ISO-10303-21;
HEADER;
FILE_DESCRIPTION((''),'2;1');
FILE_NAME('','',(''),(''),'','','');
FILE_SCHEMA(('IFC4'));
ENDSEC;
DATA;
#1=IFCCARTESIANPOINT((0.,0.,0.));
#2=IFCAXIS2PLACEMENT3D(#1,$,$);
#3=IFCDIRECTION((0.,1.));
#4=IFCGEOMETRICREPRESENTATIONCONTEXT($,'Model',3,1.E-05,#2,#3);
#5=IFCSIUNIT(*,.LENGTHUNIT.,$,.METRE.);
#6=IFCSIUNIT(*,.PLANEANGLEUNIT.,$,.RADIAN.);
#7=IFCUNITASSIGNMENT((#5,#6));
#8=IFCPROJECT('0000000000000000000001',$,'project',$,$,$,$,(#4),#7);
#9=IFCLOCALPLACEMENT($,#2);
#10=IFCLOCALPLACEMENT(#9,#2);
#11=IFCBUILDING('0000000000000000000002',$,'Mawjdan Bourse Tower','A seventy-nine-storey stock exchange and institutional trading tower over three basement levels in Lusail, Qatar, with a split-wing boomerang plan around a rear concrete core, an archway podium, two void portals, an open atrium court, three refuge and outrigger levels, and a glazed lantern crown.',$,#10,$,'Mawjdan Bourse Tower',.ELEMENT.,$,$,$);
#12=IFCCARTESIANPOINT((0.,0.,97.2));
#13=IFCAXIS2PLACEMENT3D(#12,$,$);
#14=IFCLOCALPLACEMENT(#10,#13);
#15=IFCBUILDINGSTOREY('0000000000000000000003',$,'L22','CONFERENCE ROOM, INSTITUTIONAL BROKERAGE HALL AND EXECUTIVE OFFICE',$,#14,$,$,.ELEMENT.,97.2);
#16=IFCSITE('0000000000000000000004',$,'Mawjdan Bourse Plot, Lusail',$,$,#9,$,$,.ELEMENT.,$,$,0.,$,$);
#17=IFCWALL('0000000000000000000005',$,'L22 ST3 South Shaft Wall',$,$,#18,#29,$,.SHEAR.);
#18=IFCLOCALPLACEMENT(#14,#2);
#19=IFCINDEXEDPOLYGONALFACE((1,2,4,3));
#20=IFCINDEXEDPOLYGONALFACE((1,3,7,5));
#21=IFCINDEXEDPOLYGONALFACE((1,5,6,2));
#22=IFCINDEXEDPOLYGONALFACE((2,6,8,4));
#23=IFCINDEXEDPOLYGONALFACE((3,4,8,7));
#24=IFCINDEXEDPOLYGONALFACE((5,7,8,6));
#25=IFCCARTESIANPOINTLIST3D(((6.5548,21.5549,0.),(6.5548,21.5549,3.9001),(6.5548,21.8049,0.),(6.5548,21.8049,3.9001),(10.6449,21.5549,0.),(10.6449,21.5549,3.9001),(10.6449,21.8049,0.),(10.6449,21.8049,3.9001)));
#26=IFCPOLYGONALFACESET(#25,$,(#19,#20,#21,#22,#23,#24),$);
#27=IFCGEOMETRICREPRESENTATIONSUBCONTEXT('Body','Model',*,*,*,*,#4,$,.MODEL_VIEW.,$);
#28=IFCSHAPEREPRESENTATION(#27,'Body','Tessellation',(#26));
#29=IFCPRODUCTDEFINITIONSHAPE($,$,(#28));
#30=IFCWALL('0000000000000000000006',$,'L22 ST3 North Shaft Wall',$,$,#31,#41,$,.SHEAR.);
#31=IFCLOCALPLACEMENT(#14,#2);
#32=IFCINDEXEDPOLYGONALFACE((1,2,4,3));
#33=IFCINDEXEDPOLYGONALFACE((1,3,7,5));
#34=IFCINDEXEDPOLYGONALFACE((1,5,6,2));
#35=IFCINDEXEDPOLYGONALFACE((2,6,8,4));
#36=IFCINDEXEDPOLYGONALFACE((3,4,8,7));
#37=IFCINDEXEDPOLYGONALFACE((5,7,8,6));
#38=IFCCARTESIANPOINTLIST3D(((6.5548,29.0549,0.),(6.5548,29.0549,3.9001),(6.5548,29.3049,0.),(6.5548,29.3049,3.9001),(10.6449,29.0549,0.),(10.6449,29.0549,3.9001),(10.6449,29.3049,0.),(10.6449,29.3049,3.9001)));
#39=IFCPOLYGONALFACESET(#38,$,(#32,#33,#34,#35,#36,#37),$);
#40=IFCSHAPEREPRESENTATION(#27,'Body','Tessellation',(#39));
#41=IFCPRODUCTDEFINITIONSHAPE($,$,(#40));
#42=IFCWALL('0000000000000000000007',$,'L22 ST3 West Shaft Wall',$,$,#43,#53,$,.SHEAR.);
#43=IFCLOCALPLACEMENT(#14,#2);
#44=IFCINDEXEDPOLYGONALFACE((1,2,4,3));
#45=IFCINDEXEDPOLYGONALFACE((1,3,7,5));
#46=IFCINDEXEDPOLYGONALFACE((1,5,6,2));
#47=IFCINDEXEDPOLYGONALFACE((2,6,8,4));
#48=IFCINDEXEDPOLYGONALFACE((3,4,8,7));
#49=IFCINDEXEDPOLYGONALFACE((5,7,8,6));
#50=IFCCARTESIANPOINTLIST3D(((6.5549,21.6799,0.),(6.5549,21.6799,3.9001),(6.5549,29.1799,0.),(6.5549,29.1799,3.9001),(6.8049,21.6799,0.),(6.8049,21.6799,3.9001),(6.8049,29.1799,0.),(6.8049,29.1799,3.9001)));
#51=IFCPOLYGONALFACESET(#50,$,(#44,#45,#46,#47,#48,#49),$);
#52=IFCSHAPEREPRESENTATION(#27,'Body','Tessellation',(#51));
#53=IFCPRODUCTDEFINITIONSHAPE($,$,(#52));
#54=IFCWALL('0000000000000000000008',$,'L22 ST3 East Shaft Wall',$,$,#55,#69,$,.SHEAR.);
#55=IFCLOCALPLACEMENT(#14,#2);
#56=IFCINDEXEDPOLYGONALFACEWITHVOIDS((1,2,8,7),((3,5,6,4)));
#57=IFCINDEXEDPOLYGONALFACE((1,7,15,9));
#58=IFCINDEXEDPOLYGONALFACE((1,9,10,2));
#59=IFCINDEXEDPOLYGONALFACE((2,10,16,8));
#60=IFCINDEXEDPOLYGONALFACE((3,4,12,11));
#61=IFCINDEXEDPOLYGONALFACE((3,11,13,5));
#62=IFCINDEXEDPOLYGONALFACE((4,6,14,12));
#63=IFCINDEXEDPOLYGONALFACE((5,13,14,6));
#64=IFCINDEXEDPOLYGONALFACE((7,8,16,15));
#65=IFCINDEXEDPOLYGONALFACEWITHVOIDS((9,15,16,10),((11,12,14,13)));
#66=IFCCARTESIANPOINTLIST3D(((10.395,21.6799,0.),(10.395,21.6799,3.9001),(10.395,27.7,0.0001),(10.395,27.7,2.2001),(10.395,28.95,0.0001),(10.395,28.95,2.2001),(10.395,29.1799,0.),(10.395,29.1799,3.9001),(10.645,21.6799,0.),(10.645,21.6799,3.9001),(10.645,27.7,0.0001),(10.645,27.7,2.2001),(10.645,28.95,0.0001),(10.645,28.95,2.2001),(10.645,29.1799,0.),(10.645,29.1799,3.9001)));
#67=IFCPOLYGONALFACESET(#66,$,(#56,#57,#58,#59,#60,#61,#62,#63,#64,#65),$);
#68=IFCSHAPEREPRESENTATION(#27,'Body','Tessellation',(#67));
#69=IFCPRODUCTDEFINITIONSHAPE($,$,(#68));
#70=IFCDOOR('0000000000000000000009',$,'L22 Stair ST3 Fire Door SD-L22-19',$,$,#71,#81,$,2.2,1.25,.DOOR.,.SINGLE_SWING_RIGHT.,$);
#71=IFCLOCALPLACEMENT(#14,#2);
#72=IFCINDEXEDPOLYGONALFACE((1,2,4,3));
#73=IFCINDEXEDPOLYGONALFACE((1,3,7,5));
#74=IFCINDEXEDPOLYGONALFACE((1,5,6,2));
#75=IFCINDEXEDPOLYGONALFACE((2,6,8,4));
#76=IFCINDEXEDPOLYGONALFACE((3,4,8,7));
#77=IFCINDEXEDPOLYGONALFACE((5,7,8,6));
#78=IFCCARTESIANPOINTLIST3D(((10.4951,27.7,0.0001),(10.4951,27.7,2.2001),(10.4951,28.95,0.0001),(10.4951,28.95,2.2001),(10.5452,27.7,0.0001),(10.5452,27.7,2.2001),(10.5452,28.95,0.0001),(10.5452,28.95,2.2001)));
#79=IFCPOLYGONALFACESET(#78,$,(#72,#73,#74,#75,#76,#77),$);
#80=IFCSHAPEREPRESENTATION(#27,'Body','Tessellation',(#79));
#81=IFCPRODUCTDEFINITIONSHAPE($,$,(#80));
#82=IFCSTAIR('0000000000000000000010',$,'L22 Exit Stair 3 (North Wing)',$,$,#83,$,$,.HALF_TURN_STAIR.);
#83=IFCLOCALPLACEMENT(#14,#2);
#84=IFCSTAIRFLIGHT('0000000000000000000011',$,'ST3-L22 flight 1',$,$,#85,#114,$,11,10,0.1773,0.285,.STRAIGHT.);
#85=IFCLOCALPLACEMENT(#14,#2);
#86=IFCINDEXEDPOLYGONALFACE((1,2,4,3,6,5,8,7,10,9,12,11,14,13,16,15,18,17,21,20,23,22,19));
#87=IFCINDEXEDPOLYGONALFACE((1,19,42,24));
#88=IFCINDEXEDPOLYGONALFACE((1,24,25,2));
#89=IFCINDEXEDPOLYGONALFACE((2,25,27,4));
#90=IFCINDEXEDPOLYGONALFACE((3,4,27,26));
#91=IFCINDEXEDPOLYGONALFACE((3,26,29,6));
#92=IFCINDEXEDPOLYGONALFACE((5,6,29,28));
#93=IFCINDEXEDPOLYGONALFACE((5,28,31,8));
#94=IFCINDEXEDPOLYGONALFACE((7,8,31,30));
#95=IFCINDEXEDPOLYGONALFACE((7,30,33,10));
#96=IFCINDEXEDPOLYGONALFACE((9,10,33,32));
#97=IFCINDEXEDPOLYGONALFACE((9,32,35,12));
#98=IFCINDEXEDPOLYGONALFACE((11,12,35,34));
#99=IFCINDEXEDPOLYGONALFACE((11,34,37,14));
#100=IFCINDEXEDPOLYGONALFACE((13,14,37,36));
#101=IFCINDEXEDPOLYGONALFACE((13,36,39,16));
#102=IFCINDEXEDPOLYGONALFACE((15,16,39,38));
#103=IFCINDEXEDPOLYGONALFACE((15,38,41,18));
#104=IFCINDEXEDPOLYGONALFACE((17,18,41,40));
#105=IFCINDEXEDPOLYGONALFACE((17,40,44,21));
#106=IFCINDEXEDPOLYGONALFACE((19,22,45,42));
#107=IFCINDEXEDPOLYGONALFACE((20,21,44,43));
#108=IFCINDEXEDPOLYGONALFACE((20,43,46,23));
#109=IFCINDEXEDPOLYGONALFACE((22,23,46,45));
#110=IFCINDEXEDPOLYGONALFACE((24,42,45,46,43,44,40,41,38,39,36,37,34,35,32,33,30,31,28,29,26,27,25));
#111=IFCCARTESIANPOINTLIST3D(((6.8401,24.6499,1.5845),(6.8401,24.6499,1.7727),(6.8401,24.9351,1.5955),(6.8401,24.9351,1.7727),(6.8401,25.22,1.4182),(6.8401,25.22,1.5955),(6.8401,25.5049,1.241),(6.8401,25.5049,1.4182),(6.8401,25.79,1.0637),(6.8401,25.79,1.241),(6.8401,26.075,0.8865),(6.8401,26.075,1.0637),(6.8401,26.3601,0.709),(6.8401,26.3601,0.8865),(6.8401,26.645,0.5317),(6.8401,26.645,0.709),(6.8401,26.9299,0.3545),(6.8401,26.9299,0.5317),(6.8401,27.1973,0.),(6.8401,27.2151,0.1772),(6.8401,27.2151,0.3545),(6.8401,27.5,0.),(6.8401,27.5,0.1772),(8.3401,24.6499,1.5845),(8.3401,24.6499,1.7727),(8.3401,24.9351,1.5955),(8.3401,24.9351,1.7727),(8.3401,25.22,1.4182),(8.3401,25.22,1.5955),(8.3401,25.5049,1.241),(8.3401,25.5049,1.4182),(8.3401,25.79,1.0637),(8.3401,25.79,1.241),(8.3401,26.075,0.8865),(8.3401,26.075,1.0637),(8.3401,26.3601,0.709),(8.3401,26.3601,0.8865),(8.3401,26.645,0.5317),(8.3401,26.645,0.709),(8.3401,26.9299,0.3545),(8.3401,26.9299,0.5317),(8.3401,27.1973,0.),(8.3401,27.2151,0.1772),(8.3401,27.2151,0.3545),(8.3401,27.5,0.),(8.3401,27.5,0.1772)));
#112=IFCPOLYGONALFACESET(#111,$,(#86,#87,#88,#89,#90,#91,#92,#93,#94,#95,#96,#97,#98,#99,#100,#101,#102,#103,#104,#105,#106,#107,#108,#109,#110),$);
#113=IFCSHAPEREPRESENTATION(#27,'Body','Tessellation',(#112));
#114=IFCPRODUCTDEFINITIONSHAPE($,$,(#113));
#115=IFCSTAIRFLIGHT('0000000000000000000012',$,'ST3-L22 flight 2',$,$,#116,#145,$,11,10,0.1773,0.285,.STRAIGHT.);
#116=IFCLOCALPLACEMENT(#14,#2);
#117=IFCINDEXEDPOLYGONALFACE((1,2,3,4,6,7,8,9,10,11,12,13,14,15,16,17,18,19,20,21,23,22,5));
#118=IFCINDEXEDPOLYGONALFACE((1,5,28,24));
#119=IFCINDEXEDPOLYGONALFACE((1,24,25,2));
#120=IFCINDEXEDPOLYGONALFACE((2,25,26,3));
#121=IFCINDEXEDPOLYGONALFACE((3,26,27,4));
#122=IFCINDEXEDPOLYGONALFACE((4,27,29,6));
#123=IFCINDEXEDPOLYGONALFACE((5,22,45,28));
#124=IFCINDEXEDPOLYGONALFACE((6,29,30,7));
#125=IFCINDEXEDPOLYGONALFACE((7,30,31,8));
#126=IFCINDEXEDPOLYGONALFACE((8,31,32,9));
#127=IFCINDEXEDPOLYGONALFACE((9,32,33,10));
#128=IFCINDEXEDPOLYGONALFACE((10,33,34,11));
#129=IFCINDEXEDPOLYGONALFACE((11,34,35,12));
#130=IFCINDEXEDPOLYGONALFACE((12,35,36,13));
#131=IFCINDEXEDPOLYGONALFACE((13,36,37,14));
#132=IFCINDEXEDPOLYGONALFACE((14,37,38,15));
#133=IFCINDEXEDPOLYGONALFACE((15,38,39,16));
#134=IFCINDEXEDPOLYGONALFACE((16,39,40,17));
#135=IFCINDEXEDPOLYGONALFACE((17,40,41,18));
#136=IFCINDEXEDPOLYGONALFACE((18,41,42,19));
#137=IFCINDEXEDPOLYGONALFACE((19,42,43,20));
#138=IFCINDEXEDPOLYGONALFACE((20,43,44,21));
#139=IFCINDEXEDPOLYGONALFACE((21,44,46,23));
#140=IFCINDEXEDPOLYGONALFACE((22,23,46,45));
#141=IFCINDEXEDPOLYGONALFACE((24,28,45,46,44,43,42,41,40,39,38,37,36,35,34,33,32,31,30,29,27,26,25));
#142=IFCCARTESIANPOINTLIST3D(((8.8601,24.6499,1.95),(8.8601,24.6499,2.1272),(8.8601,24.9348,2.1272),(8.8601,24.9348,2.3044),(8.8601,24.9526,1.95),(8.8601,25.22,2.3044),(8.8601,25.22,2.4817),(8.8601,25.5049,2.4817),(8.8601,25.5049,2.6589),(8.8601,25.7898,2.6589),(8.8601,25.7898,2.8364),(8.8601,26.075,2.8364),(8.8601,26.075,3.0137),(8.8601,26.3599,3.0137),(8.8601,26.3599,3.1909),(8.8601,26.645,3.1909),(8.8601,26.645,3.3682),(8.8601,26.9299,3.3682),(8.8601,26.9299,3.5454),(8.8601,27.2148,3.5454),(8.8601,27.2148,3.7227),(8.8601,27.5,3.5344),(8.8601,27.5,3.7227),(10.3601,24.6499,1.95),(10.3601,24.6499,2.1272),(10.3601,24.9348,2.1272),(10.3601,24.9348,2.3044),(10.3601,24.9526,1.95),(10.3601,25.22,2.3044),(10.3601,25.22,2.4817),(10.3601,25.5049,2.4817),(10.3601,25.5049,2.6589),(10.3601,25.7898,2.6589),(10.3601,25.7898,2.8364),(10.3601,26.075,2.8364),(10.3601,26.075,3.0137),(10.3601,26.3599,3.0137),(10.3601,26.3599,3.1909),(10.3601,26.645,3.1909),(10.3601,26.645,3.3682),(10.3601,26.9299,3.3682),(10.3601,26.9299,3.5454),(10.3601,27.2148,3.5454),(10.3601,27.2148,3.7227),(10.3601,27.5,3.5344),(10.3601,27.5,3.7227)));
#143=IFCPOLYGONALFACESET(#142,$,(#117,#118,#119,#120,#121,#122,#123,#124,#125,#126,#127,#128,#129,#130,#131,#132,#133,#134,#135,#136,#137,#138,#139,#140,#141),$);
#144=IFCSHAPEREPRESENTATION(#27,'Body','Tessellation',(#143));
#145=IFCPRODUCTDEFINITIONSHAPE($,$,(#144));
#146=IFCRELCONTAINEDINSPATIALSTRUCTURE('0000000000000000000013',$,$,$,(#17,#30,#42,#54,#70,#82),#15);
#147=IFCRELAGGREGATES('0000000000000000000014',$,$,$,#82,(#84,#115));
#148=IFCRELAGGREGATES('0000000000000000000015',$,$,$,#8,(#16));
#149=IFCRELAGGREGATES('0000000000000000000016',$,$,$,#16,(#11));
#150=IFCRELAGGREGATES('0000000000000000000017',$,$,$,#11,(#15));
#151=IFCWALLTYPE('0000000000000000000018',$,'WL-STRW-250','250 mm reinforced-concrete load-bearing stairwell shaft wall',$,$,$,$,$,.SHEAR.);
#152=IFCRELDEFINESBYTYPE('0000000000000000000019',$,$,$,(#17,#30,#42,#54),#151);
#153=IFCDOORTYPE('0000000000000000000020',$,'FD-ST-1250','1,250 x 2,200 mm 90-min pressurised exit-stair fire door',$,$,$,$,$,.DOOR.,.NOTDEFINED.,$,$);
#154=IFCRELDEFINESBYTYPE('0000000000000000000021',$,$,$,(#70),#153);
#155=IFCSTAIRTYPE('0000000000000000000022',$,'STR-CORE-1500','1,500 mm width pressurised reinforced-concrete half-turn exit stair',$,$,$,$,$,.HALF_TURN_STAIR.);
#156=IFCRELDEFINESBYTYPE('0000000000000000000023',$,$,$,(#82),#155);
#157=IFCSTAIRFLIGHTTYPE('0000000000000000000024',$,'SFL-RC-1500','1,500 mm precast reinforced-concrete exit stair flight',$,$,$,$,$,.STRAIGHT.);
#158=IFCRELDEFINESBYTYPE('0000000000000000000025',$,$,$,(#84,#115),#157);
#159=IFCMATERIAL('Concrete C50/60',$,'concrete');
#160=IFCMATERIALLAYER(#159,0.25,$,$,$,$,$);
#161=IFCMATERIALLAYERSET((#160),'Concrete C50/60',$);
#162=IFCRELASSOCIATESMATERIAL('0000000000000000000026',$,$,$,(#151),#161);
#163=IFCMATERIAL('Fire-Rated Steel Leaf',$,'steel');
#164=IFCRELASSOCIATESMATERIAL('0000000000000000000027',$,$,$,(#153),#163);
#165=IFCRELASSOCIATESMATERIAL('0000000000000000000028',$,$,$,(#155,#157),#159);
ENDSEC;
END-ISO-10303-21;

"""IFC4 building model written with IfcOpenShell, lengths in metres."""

from ifc_helpers import new_model, si_unit, direction, frame, frame_2d, origin, place, context, subcontext, project, spatial, polyline, rectangle, outline, extrude, material, layer, layer_set, type_object, element, fill, aggregate, save


model = new_model("IFC4")

# Units and contexts
model_context = context("Model", 3, precision=1e-05, world=origin(), true_north=direction((0.0, 1.0)))
body_context = subcontext(model_context, "Body", "Model", "MODEL_VIEW")
ifc_project = project(units=[si_unit("LENGTHUNIT", "METRE"), si_unit("PLANEANGLEUNIT", "RADIAN")], contexts=[model_context])

# Site, building, storey
site_placement = place(None, origin())
site = spatial("IfcSite", under=ifc_project, at=site_placement, Name="Mawjdan Bourse Plot, Lusail", CompositionType="ELEMENT", RefElevation=0.0)
building_placement = place(site_placement, origin())
building = spatial("IfcBuilding", under=site, at=building_placement, Name="Mawjdan Bourse Tower", Description="A seventy-nine-storey stock exchange and institutional trading tower over three basement levels in Lusail, Qatar, with a split-wing boomerang plan around a rear concrete core, an archway podium, two void portals, an open atrium court, three refuge and outrigger levels, and a glazed lantern crown.", LongName="Mawjdan Bourse Tower", CompositionType="ELEMENT")
storey_placement = place(building_placement, frame((0.0, 0.0, 97.2)))
storey = spatial("IfcBuildingStorey", under=building, at=storey_placement, Name="L22", Description="CONFERENCE ROOM, INSTITUTIONAL BROKERAGE HALL AND EXECUTIVE OFFICE", CompositionType="ELEMENT", Elevation=97.2)

# Walls
ifc_material_1 = material(Name="Concrete C50/60", Category="concrete")
ifc_layer_1 = layer(ifc_material_1, 0.25)
ifc_layer_set_1 = layer_set([ifc_layer_1], Name="Concrete C50/60")
wall_type_1 = type_object("IfcWallType", Name="WL-STRW-250", Description="250 mm reinforced-concrete load-bearing stairwell shaft wall", PredefinedType="SHEAR", material=ifc_layer_set_1)
for number, where, z_axis, x_axis, name in (
    (1, (6.5549, 21.6799, 0.0), (0.0, 0.0, 1.0), (1.0, 0.0, 0.0), "L22 ST3 South Shaft Wall"),
    (2, (6.5549, 29.1799, 0.0), (0.0, 0.0, 1.0), (1.0, 0.0, 0.0), "L22 ST3 North Shaft Wall"),
):
    element("IfcWall", number, at=place(storey_placement, frame(where, z_axis=z_axis, x_axis=x_axis)), inside=storey, type_object=wall_type_1, Name=name, PredefinedType="SHEAR", context=body_context, shape_type="SweptSolid", body=[
        extrude(rectangle(XDim=4.0901, YDim=0.25, at=frame_2d((2.0449, 0.0))), origin(), (0.0, 0.0, 1.0), 3.9001),
    ])
wall_1_placement = place(storey_placement, frame((6.6799, 21.6799, 0.0), z_axis=(0.0, 0.0, 1.0), x_axis=(0.0, 1.0, 0.0)))
element("IfcWall", 3, at=wall_1_placement, inside=storey, type_object=wall_type_1, Name="L22 ST3 West Shaft Wall", PredefinedType="SHEAR", context=body_context, shape_type="SweptSolid", body=[
    extrude(rectangle(XDim=7.5, YDim=0.25, at=frame_2d((3.75, 0.0))), origin(), (0.0, 0.0, 1.0), 3.9001),
])

# Wall, opening, door
wall_2_placement = place(storey_placement, frame((10.52, 21.6799, 0.0), z_axis=(0.0, 0.0, 1.0), x_axis=(0.0, 1.0, 0.0)))
wall_2 = element("IfcWall", 4, at=wall_2_placement, inside=storey, type_object=wall_type_1, Name="L22 ST3 East Shaft Wall", PredefinedType="SHEAR", context=body_context, shape_type="SweptSolid", body=[
    extrude(rectangle(XDim=7.5, YDim=0.25, at=frame_2d((3.75, 0.0))), origin(), (0.0, 0.0, 1.0), 3.9001),
])
opening_1_placement = place(wall_2_placement, frame((6.02, 0.0, 0.0)))
opening_1 = element("IfcOpeningElement", 5, at=opening_1_placement, cuts=wall_2, PredefinedType="OPENING", context=body_context, shape_type="SweptSolid", body=[
    extrude(rectangle(XDim=1.25, YDim=2.2, at=frame_2d((0.625, 1.1001))), frame((0.0, 0.135, 0.0), z_axis=(0.0, -1.0, 0.0), x_axis=(1.0, 0.0, 0.0)), (0.0, 0.0, 1.0), 0.27),
])
ifc_material_2 = material(Name="Fire-Rated Steel Leaf", Category="steel")
door_type_1 = type_object("IfcDoorType", Name="FD-ST-1250", Description="1,250 x 2,200 mm 90-min pressurised exit-stair fire door", OperationType="NOTDEFINED", PredefinedType="DOOR", material=ifc_material_2)
door_1_placement = place(opening_1_placement, origin())
door_1 = element("IfcDoor", 6, at=door_1_placement, inside=storey, type_object=door_type_1, Name="L22 Stair ST3 Fire Door SD-L22-19", OperationType="SINGLE_SWING_RIGHT", OverallHeight=2.2, OverallWidth=1.25, PredefinedType="DOOR", context=body_context, shape_type="SweptSolid", body=[
    extrude(rectangle(XDim=1.25, YDim=2.2, at=frame_2d((0.625, 1.1001))), frame((0.0, 0.0249, 0.0), z_axis=(0.0, -1.0, 0.0), x_axis=(1.0, 0.0, 0.0)), (0.0, 0.0, 1.0), 0.05),
])
fill(opening_1, door_1)

# Stair, stair flights
stair_type = type_object("IfcStairType", Name="STR-CORE-1500", Description="1,500 mm width pressurised reinforced-concrete half-turn exit stair", PredefinedType="HALF_TURN_STAIR", material=ifc_material_1)
stair_placement = place(storey_placement, origin())
stair = element("IfcStair", 7, at=stair_placement, inside=storey, type_object=stair_type, Name="L22 Exit Stair 3 (North Wing)", PredefinedType="HALF_TURN_STAIR")
stair_flight_type = type_object("IfcStairFlightType", Name="SFL-RC-1500", Description="1,500 mm precast reinforced-concrete exit stair flight", PredefinedType="STRAIGHT", material=ifc_material_1)
stair_flight_1_placement = place(storey_placement, frame((7.5901, 27.5, 0.0), z_axis=(0.0, 0.0, 1.0), x_axis=(0.0, -1.0, 0.0)))
stair_flight_1 = element("IfcStairFlight", 8, at=stair_flight_1_placement, type_object=stair_flight_type, Name="ST3-L22 flight 1", NumberOfRisers=11, NumberOfTreads=10, PredefinedType="STRAIGHT", RiserHeight=0.1773, TreadLength=0.285, context=body_context, shape_type="SweptSolid", body=[
    extrude(outline(polyline([(0.0, 0.0), (0.0, 0.1772), (0.2849, 0.1772), (0.2849, 0.3545), (0.5701, 0.3545), (0.5701, 0.5317), (0.855, 0.5317), (0.855, 0.709), (1.1399, 0.709), (1.1399, 0.8865), (1.425, 0.8865), (1.425, 1.0637), (1.71, 1.0637), (1.71, 1.241), (1.9951, 1.241), (1.9951, 1.4182), (2.28, 1.4182), (2.28, 1.5955), (2.5649, 1.5955), (2.5649, 1.7727), (2.8501, 1.7727), (2.8501, 1.95), (2.8501, 1.5845), (0.3027, 0.0), (0.0, 0.0)])), frame((0.0, 0.75, 0.0), z_axis=(0.0, -1.0, 0.0), x_axis=(1.0, 0.0, 0.0)), (0.0, 0.0, 1.0), 1.5),
])
stair_flight_2_placement = place(storey_placement, frame((9.6101, 24.6499, 1.95), z_axis=(0.0, 0.0, 1.0), x_axis=(0.0, 1.0, 0.0)))
stair_flight_2 = element("IfcStairFlight", 9, at=stair_flight_2_placement, type_object=stair_flight_type, Name="ST3-L22 flight 2", NumberOfRisers=11, NumberOfTreads=10, PredefinedType="STRAIGHT", RiserHeight=0.1773, TreadLength=0.285, context=body_context, shape_type="SweptSolid", body=[
    extrude(outline(polyline([(0.0, 0.0), (0.0, 0.1772), (0.2849, 0.1772), (0.2849, 0.3545), (0.5701, 0.3545), (0.5701, 0.5317), (0.855, 0.5317), (0.855, 0.709), (1.1399, 0.709), (1.1399, 0.8865), (1.425, 0.8865), (1.425, 1.0637), (1.71, 1.0637), (1.71, 1.241), (1.9951, 1.241), (1.9951, 1.4182), (2.28, 1.4182), (2.28, 1.5955), (2.5649, 1.5955), (2.5649, 1.7727), (2.8501, 1.7727), (2.8501, 1.95), (2.8501, 1.5845), (0.3027, 0.0), (0.0, 0.0)])), frame((0.0, 0.75, 0.0), z_axis=(0.0, -1.0, 0.0), x_axis=(1.0, 0.0, 0.0)), (0.0, 0.0, 1.0), 1.5),
])
aggregate(stair, [stair_flight_1, stair_flight_2])

save(model, "model.ifc")
